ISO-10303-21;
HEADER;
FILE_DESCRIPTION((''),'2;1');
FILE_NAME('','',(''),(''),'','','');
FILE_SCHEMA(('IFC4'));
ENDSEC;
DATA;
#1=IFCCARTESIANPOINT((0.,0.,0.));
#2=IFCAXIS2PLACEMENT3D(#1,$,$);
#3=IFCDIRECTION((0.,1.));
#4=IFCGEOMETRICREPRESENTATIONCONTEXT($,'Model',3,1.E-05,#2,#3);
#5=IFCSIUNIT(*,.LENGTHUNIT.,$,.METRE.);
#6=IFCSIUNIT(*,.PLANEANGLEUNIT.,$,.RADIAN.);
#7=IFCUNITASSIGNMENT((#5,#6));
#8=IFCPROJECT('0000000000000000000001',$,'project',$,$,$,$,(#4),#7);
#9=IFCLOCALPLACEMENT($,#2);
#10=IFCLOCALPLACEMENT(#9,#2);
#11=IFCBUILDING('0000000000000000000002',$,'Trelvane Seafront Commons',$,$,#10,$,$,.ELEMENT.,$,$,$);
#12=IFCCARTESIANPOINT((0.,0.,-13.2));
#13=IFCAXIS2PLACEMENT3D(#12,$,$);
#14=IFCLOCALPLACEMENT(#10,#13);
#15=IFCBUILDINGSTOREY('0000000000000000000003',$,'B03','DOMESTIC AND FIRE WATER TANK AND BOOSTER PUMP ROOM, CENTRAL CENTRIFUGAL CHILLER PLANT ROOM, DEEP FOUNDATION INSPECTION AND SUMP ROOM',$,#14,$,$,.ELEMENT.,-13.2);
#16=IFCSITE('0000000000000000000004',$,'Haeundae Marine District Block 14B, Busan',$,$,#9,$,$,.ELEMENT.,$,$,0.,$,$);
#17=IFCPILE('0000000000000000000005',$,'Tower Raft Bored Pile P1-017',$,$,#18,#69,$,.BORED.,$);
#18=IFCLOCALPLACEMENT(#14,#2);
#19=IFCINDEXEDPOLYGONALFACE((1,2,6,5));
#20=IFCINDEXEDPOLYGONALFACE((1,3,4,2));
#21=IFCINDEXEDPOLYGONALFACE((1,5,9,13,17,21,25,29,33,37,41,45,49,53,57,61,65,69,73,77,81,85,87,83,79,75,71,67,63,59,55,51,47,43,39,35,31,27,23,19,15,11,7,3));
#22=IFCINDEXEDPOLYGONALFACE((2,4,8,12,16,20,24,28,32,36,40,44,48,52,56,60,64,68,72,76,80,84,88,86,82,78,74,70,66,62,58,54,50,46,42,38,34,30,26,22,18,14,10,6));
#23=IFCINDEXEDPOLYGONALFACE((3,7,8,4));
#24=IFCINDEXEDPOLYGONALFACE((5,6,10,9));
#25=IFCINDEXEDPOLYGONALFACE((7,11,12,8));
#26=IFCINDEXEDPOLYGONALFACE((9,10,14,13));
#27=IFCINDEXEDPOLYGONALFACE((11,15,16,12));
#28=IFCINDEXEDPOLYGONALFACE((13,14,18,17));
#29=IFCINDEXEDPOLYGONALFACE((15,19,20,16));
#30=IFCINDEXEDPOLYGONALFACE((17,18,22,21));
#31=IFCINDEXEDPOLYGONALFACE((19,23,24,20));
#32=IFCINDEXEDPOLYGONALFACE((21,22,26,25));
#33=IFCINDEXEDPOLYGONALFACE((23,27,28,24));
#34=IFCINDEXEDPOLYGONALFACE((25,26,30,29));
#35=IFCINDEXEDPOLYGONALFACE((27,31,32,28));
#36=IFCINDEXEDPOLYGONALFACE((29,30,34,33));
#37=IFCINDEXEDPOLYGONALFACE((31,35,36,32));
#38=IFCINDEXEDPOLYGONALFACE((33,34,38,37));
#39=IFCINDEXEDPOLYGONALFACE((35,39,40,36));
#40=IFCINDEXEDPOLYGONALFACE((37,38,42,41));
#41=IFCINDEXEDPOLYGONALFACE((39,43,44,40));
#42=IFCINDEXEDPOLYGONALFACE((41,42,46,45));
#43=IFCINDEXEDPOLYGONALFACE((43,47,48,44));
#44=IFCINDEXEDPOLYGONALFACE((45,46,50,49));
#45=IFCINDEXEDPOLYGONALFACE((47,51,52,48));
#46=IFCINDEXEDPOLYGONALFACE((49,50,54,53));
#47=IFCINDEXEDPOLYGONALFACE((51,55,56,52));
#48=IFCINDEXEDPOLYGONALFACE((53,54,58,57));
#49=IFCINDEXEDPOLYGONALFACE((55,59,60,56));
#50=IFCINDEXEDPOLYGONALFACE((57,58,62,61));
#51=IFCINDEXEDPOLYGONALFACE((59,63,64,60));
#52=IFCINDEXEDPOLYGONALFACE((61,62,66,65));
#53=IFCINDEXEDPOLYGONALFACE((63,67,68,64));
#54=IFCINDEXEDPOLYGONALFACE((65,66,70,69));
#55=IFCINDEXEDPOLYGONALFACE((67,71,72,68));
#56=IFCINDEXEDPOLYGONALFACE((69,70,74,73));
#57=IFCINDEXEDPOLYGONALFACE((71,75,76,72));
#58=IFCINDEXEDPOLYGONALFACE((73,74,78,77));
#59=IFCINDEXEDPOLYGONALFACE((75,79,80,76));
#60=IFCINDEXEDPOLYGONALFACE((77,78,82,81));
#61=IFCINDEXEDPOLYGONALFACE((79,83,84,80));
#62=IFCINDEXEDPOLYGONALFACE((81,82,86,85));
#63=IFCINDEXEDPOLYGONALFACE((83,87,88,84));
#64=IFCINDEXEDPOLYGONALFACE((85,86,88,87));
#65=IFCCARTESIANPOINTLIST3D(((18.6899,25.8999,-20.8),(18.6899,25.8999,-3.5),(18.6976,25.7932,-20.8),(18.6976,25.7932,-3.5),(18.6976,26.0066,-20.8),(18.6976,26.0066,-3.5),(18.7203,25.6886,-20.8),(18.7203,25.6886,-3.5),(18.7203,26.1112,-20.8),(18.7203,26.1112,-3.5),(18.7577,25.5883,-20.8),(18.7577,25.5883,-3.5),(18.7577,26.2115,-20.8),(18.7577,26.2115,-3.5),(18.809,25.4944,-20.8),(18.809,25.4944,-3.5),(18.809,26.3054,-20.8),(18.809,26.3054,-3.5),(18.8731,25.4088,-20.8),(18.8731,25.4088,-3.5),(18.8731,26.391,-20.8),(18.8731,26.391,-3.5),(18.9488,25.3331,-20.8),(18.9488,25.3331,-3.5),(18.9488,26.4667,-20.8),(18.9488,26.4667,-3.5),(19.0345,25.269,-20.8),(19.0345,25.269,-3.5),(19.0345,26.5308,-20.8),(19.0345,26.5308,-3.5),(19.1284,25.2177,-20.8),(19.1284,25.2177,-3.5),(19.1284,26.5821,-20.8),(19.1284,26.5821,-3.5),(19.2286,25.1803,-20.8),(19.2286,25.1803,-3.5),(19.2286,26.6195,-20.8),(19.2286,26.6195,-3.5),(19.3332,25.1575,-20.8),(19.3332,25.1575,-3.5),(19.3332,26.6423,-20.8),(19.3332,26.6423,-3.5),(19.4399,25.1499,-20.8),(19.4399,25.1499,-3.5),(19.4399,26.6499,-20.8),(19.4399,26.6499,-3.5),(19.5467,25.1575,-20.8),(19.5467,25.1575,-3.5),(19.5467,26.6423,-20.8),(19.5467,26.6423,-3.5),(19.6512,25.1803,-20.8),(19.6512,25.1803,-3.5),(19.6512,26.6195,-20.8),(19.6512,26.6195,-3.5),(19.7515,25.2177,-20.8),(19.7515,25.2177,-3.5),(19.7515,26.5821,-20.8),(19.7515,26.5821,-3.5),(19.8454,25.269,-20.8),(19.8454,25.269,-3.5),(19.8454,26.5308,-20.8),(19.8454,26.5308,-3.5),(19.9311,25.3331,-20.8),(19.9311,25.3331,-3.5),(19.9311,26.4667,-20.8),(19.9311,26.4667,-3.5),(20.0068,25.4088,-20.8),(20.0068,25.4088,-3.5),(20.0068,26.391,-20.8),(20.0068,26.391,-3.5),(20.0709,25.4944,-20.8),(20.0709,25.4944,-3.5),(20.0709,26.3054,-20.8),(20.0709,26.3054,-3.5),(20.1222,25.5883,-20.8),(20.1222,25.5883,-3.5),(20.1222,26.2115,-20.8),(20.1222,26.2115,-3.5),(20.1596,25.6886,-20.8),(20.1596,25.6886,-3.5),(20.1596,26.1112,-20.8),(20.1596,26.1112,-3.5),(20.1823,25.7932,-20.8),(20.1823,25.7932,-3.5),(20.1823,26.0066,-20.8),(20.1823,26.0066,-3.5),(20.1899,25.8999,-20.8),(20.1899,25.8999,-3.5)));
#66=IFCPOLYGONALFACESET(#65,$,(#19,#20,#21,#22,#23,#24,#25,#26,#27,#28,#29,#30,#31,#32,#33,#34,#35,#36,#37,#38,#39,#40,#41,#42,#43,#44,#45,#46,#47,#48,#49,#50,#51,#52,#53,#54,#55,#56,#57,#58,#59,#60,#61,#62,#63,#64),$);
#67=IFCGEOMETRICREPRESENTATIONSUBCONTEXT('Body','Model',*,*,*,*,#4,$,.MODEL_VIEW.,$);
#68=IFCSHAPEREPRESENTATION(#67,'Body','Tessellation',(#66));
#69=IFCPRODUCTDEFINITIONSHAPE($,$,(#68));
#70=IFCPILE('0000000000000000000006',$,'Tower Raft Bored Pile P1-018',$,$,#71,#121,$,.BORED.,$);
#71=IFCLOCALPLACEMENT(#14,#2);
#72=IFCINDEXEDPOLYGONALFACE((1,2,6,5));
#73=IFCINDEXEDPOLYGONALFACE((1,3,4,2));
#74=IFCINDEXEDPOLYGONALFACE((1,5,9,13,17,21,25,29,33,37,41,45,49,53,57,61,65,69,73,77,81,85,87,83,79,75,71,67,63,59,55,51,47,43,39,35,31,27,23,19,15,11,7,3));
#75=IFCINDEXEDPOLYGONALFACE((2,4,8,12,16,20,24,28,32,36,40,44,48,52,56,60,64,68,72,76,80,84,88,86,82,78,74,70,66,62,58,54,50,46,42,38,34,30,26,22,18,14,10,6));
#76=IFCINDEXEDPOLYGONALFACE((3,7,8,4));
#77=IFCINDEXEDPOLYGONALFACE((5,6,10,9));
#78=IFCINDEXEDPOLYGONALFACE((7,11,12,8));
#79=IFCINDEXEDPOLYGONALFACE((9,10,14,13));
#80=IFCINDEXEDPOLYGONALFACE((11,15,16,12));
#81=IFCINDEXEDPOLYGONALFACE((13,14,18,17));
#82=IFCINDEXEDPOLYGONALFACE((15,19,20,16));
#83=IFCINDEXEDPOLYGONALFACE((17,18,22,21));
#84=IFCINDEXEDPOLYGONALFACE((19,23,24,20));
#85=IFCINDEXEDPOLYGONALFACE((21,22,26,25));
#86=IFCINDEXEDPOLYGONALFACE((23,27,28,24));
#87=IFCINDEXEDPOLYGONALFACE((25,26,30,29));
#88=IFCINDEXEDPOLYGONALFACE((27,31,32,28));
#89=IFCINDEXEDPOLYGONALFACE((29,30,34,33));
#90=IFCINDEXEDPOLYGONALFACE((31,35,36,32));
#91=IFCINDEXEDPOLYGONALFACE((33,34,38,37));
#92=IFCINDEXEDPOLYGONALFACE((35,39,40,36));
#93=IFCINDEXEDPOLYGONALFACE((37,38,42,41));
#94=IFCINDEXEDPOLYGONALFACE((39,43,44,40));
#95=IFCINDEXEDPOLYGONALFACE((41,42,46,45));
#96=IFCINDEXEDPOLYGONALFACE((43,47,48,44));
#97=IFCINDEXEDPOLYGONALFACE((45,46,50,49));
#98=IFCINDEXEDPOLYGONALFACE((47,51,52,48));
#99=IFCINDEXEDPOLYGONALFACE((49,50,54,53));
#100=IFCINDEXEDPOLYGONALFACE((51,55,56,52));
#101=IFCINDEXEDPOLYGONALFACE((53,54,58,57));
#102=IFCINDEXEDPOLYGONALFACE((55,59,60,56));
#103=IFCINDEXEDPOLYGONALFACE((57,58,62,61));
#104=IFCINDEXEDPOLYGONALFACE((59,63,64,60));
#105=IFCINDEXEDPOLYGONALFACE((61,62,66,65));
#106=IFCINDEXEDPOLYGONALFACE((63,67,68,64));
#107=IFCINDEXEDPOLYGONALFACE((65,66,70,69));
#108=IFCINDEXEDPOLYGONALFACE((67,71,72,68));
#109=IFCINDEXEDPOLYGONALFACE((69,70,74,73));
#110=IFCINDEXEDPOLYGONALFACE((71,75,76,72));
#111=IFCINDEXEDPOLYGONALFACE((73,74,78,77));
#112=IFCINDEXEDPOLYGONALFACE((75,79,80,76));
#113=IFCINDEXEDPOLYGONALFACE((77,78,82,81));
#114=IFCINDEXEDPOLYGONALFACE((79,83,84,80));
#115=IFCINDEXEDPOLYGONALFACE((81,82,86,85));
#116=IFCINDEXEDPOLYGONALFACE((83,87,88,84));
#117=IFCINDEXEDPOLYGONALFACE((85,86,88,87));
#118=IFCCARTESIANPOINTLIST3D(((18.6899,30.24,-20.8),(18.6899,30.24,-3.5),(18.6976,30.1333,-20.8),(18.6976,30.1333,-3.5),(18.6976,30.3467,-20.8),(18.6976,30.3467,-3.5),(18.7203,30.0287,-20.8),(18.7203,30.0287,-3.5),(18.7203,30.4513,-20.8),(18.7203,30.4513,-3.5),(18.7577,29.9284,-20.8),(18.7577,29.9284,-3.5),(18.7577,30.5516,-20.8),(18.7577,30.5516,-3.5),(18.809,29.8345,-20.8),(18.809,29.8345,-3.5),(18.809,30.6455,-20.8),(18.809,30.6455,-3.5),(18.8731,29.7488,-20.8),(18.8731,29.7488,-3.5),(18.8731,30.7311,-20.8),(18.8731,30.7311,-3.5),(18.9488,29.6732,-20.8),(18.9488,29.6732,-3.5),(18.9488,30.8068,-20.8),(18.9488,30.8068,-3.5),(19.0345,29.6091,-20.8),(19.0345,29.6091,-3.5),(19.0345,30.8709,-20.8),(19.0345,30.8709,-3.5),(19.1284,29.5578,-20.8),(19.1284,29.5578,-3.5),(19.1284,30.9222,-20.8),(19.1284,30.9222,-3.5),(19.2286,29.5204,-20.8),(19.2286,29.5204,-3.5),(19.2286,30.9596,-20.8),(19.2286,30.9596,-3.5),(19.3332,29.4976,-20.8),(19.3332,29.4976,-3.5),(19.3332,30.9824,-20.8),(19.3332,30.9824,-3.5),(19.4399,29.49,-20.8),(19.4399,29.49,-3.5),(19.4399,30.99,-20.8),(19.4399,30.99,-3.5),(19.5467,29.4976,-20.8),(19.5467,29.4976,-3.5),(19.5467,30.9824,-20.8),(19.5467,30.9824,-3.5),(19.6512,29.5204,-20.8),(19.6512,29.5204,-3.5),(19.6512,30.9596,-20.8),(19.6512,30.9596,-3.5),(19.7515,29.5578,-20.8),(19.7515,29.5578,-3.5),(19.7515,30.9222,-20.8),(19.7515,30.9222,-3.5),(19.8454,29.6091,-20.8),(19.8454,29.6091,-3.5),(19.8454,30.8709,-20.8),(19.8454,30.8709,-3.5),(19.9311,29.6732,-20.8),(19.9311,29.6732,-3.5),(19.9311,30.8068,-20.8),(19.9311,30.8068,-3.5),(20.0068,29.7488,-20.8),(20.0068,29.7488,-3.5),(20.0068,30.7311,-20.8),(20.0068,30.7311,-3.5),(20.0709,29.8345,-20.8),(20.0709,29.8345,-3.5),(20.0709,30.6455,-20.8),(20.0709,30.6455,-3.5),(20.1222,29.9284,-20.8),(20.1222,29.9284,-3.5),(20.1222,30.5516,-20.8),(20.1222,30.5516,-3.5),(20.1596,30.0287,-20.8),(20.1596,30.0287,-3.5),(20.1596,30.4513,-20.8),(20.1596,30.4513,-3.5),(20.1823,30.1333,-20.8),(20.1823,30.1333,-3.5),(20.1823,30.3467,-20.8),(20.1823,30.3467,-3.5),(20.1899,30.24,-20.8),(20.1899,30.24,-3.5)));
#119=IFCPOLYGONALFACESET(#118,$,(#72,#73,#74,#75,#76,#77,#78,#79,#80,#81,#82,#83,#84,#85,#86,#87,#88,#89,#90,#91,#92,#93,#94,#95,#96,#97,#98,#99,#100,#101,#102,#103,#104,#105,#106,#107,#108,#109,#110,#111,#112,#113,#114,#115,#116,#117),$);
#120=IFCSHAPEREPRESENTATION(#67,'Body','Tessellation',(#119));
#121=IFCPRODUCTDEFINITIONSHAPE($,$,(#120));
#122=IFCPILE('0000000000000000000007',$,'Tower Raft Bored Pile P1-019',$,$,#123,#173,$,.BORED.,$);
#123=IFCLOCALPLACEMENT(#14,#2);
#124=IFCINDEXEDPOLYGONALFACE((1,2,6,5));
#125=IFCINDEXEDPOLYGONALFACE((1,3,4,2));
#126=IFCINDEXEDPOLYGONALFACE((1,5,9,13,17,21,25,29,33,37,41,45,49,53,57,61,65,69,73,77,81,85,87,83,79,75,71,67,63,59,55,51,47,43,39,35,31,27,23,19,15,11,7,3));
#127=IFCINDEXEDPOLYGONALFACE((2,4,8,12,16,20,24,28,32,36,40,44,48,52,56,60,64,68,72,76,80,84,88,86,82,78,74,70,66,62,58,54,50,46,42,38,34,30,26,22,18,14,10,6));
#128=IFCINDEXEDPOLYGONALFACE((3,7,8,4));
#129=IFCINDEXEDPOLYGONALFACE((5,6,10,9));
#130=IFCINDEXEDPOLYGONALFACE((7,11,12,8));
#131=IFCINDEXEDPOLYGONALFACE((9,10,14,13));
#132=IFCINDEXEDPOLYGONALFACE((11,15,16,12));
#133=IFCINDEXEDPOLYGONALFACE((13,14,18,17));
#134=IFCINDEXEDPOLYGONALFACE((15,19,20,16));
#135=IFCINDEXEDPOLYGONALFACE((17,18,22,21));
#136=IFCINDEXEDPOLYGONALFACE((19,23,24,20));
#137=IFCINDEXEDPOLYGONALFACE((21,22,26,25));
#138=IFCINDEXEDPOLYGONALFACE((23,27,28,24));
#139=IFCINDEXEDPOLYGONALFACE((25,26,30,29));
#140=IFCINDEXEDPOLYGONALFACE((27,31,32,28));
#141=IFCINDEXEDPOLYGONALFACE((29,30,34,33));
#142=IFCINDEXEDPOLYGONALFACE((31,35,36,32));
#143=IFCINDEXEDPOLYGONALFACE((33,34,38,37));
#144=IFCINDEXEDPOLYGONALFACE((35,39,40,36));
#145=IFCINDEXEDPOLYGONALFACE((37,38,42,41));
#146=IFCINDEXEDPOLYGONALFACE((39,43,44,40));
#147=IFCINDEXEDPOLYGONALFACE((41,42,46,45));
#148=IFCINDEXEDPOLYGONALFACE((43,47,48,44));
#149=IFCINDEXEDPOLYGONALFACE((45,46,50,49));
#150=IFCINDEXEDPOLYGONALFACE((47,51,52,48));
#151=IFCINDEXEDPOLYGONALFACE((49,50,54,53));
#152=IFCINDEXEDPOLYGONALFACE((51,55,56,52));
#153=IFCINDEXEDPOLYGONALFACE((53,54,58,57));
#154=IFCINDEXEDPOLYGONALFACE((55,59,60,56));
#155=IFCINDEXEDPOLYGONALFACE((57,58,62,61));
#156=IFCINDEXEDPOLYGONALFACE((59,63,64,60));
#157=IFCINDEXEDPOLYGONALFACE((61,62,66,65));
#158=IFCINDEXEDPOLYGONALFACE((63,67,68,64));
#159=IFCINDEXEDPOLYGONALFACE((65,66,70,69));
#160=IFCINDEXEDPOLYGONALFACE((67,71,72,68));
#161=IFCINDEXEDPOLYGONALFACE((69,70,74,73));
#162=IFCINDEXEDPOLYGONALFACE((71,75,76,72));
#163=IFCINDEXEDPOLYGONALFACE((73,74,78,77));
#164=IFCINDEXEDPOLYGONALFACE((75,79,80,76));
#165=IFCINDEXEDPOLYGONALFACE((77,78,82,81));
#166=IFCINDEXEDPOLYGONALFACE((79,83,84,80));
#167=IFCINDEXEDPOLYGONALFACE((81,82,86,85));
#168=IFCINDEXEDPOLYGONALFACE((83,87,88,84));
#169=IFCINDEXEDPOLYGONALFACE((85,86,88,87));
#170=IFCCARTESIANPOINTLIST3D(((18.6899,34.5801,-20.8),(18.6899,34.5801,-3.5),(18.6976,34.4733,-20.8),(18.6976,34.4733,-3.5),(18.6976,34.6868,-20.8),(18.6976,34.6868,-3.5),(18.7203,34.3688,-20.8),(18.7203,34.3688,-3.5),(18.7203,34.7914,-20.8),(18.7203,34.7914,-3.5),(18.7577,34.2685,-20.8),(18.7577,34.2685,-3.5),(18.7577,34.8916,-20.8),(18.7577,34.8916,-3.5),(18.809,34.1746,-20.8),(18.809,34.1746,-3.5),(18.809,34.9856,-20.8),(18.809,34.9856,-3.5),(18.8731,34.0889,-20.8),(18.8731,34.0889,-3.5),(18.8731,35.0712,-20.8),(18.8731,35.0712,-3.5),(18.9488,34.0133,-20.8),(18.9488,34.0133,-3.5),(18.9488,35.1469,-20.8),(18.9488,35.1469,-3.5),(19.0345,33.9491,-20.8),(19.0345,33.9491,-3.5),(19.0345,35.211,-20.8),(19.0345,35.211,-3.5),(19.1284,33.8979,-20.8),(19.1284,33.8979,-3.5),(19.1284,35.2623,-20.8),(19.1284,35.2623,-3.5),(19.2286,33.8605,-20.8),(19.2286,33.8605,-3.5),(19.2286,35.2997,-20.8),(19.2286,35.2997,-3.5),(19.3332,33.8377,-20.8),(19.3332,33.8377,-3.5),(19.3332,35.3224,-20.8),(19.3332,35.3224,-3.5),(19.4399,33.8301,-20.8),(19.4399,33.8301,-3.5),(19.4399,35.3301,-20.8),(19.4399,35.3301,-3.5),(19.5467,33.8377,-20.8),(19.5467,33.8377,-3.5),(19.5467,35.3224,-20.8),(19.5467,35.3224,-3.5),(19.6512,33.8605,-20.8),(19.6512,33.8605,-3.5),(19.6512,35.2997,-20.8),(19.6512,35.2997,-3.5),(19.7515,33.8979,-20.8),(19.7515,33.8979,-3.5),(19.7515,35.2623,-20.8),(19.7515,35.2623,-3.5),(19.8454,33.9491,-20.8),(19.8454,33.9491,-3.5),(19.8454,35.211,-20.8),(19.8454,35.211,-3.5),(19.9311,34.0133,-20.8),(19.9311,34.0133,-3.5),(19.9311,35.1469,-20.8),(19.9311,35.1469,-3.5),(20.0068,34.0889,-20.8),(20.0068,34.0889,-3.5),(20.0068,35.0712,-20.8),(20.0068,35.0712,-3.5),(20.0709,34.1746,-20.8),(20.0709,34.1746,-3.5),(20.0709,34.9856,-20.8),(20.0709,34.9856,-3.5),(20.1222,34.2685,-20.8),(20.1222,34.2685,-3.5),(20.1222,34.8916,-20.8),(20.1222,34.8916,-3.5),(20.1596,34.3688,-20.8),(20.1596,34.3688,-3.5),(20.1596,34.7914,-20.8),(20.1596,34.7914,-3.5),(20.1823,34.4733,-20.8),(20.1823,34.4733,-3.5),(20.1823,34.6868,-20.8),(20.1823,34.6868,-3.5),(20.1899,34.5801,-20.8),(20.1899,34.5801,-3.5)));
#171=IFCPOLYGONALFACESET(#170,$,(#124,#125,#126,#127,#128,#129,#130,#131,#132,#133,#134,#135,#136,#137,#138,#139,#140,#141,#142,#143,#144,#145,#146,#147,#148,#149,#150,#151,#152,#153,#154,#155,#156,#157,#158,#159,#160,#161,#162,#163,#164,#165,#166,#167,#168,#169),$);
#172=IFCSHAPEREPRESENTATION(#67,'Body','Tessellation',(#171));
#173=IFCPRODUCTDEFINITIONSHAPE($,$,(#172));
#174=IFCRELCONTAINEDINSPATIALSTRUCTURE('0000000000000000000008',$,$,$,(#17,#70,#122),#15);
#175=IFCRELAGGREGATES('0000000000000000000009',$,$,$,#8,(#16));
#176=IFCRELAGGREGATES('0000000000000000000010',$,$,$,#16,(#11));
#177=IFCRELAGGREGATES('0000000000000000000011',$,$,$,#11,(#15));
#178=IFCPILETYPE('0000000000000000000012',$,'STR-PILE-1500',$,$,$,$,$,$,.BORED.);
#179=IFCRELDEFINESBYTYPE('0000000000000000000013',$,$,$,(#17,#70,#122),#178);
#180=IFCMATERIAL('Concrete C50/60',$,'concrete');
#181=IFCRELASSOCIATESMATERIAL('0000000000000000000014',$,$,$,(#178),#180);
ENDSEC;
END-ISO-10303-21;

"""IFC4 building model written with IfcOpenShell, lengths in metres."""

from ifc_helpers import new_model, si_unit, direction, frame, origin, origin_2d, place, context, subcontext, project, spatial, circle, extrude, source, transform, mapped, material, material_profile, profile_set, type_object, element, save


model = new_model("IFC4")

# Units and contexts
model_context = context("Model", 3, precision=1e-05, world=origin(), true_north=direction((0.0, 1.0)))
body_context = subcontext(model_context, "Body", "Model", "MODEL_VIEW")
ifc_project = project(units=[si_unit("LENGTHUNIT", "METRE"), si_unit("PLANEANGLEUNIT", "RADIAN")], contexts=[model_context])

# Site, building, storey
site_placement = place(None, origin())
site = spatial("IfcSite", under=ifc_project, at=site_placement, Name="Haeundae Marine District Block 14B, Busan", CompositionType="ELEMENT", RefElevation=0.0)
building_placement = place(site_placement, origin())
building = spatial("IfcBuilding", under=site, at=building_placement, Name="Trelvane Seafront Commons", CompositionType="ELEMENT")
storey_placement = place(building_placement, frame((0.0, 0.0, -13.2)))
storey = spatial("IfcBuildingStorey", under=building, at=storey_placement, Name="B03", Description="DOMESTIC AND FIRE WATER TANK AND BOOSTER PUMP ROOM, CENTRAL CENTRIFUGAL CHILLER PLANT ROOM, DEEP FOUNDATION INSPECTION AND SUMP ROOM", CompositionType="ELEMENT", Elevation=-13.2)

# Piles
ifc_material_1 = material(Name="Concrete C50/60", Category="concrete")
ifc_material_profile_1 = material_profile(ifc_material_1, circle(Radius=0.75, at=origin_2d()), Name="PILE-1500")
ifc_profile_set_1 = profile_set([ifc_material_profile_1], Name="Concrete C50/60")
pile_type = type_object("IfcPileType", Name="STR-PILE-1500", PredefinedType="BORED", material=ifc_profile_set_1)
shared_shape_1 = source(origin(), body_context, "Body", "SweptSolid", [
    extrude(circle(Radius=0.75, at=origin_2d()), origin(), (0.0, 0.0, 1.0), 17.3),
])
for number, where, z_axis, x_axis, name in (
    (1, (19.4399, 25.8999, -3.5), (0.0, 0.0, -1.0), (1.0, 0.0, 0.0), "Tower Raft Bored Pile P1-017"),
    (2, (19.4399, 30.24, -3.5), (0.0, 0.0, -1.0), (1.0, 0.0, 0.0), "Tower Raft Bored Pile P1-018"),
    (3, (19.4399, 34.5801, -3.5), (0.0, 0.0, -1.0), (1.0, 0.0, 0.0), "Tower Raft Bored Pile P1-019"),
):
    element("IfcPile", number, at=place(storey_placement, frame(where, z_axis=z_axis, x_axis=x_axis)), inside=storey, type_object=pile_type, Name=name, PredefinedType="BORED", context=body_context, shape_type="MappedRepresentation", body=[
        mapped(shared_shape_1, transform((0.0, 0.0, 0.0), x_axis=(1.0, 0.0, 0.0), y_axis=(0.0, 1.0, 0.0), z_axis=(0.0, 0.0, 1.0), scale=1.0)),
    ])

save(model, "model.ifc")
